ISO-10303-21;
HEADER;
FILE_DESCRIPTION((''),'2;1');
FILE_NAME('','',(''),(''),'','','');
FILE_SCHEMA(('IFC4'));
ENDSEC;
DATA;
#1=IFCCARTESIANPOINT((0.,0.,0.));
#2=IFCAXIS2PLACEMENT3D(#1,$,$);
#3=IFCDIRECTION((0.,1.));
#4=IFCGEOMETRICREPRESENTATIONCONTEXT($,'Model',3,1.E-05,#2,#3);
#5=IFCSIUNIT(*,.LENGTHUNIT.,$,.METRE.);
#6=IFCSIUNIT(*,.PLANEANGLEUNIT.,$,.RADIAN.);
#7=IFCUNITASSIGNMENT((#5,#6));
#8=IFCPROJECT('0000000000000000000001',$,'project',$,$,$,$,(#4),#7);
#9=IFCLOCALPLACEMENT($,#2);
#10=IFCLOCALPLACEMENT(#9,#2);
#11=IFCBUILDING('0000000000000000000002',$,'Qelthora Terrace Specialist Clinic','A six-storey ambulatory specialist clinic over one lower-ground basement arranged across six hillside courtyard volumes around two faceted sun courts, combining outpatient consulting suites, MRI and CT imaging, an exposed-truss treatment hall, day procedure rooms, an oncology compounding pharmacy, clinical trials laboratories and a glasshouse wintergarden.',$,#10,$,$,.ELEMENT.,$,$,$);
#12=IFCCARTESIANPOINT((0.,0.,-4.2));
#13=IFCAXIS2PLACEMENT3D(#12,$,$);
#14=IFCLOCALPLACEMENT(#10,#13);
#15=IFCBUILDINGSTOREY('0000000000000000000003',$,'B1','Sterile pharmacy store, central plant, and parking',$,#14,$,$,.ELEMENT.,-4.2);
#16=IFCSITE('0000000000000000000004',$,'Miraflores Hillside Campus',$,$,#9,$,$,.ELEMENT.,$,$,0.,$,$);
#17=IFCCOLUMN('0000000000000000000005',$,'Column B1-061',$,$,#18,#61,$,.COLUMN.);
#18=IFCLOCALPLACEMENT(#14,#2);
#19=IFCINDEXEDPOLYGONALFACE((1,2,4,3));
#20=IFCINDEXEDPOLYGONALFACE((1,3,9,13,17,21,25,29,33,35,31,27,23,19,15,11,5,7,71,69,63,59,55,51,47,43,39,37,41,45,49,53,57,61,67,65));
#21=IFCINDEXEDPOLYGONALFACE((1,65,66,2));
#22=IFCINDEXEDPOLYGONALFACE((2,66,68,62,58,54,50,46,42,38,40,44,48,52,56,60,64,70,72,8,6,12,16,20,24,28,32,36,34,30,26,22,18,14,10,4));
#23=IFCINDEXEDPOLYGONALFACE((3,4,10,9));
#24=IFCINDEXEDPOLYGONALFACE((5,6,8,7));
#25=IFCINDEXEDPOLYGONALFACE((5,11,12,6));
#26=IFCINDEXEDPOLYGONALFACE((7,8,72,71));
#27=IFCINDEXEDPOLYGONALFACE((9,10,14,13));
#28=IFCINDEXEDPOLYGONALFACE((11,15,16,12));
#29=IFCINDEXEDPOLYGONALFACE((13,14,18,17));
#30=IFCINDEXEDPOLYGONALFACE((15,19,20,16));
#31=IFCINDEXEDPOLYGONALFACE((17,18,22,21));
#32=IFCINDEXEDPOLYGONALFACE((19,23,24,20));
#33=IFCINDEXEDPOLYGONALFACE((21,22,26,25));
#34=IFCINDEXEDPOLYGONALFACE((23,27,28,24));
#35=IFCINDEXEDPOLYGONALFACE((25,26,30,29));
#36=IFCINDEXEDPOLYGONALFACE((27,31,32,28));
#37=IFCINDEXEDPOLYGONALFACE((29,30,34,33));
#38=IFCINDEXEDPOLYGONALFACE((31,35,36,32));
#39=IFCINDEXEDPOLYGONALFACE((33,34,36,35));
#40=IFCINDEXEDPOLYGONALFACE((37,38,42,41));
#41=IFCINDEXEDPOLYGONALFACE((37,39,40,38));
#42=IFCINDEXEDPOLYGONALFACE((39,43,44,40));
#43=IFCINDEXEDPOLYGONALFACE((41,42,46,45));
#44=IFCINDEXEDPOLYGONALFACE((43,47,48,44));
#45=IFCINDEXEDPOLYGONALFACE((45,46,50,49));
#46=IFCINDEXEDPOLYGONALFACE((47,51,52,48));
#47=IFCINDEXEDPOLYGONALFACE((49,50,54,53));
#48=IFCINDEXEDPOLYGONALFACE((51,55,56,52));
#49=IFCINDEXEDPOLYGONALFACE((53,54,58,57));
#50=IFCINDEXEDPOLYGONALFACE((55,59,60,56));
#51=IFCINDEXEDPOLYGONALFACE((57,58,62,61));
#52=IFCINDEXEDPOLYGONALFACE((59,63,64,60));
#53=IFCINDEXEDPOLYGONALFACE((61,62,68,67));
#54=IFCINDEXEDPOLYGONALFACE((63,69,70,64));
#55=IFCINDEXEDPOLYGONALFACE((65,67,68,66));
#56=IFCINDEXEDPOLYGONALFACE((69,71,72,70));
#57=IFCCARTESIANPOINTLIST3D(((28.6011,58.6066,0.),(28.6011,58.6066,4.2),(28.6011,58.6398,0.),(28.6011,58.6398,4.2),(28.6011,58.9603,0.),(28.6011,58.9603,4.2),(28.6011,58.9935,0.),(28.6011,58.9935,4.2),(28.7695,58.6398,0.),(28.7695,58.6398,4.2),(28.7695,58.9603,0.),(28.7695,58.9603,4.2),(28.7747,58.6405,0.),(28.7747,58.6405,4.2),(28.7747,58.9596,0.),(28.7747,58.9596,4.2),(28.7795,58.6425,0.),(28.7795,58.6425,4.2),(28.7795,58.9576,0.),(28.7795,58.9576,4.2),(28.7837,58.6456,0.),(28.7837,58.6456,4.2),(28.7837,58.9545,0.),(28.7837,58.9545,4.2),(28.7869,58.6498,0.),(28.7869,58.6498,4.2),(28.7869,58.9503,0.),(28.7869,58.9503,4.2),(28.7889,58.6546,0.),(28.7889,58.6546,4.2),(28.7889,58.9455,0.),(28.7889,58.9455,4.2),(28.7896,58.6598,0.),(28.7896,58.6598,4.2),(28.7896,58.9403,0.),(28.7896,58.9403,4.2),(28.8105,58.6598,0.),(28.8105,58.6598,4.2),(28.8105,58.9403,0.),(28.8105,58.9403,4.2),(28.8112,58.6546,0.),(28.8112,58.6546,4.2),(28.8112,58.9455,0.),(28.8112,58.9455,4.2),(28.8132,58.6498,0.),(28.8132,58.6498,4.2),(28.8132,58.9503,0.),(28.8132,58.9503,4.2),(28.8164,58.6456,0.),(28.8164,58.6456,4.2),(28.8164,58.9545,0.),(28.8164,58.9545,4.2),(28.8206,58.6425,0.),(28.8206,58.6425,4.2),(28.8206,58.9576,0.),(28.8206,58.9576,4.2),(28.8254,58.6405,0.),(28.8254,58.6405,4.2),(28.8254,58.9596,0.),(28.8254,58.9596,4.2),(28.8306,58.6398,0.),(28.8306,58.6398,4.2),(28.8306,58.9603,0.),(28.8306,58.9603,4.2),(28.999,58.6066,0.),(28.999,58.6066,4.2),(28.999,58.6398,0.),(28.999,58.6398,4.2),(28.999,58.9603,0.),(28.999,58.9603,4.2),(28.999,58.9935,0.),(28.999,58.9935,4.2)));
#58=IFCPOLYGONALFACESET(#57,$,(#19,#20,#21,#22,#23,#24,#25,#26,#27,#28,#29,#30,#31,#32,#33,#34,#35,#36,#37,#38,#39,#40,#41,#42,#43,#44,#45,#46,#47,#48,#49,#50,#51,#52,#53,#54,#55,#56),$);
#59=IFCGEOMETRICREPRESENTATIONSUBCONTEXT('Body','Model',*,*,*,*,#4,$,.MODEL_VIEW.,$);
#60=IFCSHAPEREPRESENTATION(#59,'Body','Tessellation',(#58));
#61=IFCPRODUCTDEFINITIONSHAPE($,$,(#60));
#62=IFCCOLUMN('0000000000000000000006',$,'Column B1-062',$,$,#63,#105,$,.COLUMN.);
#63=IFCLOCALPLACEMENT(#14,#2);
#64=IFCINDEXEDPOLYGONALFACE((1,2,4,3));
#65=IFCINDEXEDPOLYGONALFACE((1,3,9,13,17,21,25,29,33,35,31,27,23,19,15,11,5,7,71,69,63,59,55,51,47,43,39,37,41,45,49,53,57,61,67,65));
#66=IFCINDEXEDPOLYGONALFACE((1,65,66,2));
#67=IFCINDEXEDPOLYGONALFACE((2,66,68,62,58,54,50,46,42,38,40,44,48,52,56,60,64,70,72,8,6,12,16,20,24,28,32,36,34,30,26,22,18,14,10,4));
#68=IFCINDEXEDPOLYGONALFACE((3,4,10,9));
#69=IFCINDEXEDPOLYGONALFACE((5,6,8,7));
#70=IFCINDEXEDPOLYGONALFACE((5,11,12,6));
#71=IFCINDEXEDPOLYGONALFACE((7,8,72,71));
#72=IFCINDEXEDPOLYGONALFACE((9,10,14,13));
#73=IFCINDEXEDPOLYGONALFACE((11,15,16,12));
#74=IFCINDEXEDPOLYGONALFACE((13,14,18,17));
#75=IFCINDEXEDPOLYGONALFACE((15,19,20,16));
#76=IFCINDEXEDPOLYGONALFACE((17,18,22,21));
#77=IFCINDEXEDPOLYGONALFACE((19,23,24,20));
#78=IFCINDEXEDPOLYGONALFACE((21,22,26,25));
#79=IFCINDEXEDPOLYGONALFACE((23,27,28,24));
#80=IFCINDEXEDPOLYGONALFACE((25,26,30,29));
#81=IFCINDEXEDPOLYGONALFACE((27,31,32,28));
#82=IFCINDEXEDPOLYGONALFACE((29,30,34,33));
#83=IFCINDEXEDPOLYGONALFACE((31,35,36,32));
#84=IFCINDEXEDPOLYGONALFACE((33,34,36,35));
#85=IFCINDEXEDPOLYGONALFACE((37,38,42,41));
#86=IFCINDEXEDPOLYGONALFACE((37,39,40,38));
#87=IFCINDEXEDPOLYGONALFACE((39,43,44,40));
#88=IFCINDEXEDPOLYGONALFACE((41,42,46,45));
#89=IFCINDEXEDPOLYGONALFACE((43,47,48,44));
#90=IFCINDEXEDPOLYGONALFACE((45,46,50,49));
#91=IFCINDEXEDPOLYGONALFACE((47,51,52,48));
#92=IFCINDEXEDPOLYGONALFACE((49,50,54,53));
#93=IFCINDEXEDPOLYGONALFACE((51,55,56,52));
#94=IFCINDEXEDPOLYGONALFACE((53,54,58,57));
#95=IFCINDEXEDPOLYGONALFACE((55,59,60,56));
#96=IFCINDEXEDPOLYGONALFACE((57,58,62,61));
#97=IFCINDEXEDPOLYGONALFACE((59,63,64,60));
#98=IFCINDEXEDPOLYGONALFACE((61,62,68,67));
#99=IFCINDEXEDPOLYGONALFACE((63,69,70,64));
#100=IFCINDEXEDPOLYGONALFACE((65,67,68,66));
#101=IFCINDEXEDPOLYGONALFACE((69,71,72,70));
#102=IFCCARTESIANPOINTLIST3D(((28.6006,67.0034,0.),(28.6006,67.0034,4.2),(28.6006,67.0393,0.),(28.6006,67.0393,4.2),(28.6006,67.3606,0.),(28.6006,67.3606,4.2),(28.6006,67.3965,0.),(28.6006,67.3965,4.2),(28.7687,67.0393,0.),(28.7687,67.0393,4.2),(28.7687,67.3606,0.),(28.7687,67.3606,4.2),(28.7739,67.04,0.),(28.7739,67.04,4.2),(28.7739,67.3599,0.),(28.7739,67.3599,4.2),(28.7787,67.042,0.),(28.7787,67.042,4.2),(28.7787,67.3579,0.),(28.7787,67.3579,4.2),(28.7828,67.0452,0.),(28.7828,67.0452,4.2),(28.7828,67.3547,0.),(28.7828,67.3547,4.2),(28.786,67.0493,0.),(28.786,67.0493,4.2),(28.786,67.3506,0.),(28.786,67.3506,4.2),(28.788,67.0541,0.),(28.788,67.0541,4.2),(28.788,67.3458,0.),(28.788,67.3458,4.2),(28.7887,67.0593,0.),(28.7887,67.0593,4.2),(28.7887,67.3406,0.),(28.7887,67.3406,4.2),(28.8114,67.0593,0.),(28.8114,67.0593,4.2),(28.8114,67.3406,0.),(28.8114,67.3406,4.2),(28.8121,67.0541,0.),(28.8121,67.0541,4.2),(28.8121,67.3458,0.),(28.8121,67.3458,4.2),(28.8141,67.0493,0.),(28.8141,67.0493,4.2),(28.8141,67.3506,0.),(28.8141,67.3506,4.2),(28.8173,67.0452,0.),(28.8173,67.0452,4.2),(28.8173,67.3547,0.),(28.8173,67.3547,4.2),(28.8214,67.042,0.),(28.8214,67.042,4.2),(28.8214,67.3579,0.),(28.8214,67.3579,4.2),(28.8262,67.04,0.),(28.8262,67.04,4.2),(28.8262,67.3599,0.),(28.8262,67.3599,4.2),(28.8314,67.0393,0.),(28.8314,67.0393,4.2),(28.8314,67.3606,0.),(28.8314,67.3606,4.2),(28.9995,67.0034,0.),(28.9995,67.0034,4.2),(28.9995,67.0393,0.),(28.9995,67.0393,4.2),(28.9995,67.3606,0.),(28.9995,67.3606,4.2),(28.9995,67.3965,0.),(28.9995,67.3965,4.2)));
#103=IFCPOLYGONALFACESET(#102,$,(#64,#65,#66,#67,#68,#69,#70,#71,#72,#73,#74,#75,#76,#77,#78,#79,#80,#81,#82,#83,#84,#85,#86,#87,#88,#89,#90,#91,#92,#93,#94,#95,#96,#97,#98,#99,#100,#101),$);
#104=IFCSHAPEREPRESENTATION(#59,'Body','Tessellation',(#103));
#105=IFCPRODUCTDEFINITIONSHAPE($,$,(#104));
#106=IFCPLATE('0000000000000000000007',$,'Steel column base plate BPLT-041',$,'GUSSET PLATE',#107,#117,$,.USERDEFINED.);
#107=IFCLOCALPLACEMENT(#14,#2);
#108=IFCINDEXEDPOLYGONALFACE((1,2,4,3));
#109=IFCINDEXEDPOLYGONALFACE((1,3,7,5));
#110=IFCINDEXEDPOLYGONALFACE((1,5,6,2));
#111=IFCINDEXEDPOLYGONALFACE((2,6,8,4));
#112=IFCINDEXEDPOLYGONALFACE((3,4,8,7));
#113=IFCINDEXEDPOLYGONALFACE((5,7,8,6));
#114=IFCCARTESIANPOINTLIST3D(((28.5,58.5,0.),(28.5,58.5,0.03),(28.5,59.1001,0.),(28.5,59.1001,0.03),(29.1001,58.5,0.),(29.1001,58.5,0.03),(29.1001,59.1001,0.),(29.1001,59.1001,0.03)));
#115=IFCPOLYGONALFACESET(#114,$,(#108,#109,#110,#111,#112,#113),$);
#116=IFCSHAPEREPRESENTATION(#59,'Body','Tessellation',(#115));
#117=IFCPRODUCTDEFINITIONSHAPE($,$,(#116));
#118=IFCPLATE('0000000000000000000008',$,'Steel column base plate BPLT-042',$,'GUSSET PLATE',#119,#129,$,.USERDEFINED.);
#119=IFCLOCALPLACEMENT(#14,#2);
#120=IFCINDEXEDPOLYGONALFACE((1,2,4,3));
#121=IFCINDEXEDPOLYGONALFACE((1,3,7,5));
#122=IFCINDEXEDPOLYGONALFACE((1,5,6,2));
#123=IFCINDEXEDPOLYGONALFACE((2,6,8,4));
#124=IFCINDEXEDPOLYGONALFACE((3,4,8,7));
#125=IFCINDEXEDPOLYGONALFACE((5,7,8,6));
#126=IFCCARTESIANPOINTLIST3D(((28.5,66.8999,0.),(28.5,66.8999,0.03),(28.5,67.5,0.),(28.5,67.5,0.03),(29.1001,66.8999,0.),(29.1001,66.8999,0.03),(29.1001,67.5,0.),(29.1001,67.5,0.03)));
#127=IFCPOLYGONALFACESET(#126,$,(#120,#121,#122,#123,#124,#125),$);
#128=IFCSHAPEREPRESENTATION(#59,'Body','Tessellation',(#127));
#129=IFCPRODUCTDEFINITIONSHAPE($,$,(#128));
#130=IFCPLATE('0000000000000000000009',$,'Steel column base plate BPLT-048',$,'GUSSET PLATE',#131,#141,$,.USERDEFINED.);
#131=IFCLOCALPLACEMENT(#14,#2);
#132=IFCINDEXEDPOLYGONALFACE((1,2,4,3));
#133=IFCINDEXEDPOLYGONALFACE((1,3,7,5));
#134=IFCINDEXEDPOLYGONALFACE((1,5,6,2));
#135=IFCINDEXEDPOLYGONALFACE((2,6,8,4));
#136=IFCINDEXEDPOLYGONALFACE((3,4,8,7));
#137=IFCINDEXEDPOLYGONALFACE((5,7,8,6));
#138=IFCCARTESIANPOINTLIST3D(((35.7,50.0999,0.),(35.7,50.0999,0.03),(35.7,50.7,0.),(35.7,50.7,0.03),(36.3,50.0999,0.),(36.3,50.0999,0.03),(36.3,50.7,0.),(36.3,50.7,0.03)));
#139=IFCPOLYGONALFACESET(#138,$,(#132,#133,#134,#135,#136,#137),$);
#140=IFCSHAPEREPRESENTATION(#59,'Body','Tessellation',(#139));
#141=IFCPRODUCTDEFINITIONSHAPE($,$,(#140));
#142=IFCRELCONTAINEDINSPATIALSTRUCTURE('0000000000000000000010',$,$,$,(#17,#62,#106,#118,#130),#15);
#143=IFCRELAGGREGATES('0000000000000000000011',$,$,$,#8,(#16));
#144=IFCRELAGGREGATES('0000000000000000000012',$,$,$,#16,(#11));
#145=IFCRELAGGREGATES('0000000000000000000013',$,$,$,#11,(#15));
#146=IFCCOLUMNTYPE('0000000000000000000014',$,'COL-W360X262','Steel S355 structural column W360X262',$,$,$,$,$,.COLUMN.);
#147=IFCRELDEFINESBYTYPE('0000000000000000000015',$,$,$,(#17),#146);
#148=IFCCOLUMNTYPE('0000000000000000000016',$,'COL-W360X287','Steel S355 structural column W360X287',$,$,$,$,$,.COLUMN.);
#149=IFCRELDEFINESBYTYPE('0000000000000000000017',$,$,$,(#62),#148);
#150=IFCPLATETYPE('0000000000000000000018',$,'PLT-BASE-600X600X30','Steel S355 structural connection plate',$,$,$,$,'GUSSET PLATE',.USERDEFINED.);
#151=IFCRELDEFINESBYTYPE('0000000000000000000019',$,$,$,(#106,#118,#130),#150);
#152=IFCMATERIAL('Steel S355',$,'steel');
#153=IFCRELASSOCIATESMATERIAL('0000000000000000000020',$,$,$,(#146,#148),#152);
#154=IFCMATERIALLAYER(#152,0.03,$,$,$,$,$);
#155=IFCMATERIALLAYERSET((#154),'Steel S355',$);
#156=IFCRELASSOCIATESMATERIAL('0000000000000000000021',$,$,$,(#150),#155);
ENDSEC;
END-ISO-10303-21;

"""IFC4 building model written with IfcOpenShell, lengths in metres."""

from ifc_helpers import new_model, si_unit, direction, frame, origin, origin_2d, place, context, subcontext, project, spatial, rectangle, i_section, extrude, material, layer, layer_set, material_profile, profile_set, type_object, element, save


model = new_model("IFC4")

# Units and contexts
model_context = context("Model", 3, precision=1e-05, world=origin(), true_north=direction((0.0, 1.0)))
body_context = subcontext(model_context, "Body", "Model", "MODEL_VIEW")
ifc_project = project(units=[si_unit("LENGTHUNIT", "METRE"), si_unit("PLANEANGLEUNIT", "RADIAN")], contexts=[model_context])

# Site, building, storey
site_placement = place(None, origin())
site = spatial("IfcSite", under=ifc_project, at=site_placement, Name="Miraflores Hillside Campus", CompositionType="ELEMENT", RefElevation=0.0)
building_placement = place(site_placement, origin())
building = spatial("IfcBuilding", under=site, at=building_placement, Name="Qelthora Terrace Specialist Clinic", Description="A six-storey ambulatory specialist clinic over one lower-ground basement arranged across six hillside courtyard volumes around two faceted sun courts, combining outpatient consulting suites, MRI and CT imaging, an exposed-truss treatment hall, day procedure rooms, an oncology compounding pharmacy, clinical trials laboratories and a glasshouse wintergarden.", CompositionType="ELEMENT")
storey_placement = place(building_placement, frame((0.0, 0.0, -4.2)))
storey = spatial("IfcBuildingStorey", under=building, at=storey_placement, Name="B1", Description="Sterile pharmacy store, central plant, and parking", CompositionType="ELEMENT", Elevation=-4.2)

# Columns
ifc_material_1 = material(Name="Steel S355", Category="steel")
ifc_material_profile_1 = material_profile(ifc_material_1, i_section(OverallWidth=0.3979, OverallDepth=0.387, WebThickness=0.021, FlangeThickness=0.0332, FilletRadius=0.02, at=origin_2d()), Name="W360X262")
ifc_profile_set_1 = profile_set([ifc_material_profile_1], Name="Steel S355")
column_type_1 = type_object("IfcColumnType", Name="COL-W360X262", Description="Steel S355 structural column W360X262", PredefinedType="COLUMN", material=ifc_profile_set_1)
column_1_placement = place(storey_placement, frame((28.8, 58.8, 0.0), z_axis=(0.0, 0.0, 1.0), x_axis=(1.0, 0.0, 0.0)))
element("IfcColumn", 1, at=column_1_placement, inside=storey, type_object=column_type_1, Name="Column B1-061", PredefinedType="COLUMN", context=body_context, shape_type="SweptSolid", body=[
    extrude(i_section(OverallWidth=0.3979, OverallDepth=0.387, WebThickness=0.021, FlangeThickness=0.0332, FilletRadius=0.02, at=origin_2d()), origin(), (0.0, 0.0, 1.0), 4.2),
])
ifc_material_profile_2 = material_profile(ifc_material_1, i_section(OverallWidth=0.3989, OverallDepth=0.3931, WebThickness=0.0227, FlangeThickness=0.0359, FilletRadius=0.02, at=origin_2d()), Name="W360X287")
ifc_profile_set_2 = profile_set([ifc_material_profile_2], Name="Steel S355")
column_type_2 = type_object("IfcColumnType", Name="COL-W360X287", Description="Steel S355 structural column W360X287", PredefinedType="COLUMN", material=ifc_profile_set_2)
column_2_placement = place(storey_placement, frame((28.8, 67.2, 0.0), z_axis=(0.0, 0.0, 1.0), x_axis=(1.0, 0.0, 0.0)))
element("IfcColumn", 2, at=column_2_placement, inside=storey, type_object=column_type_2, Name="Column B1-062", PredefinedType="COLUMN", context=body_context, shape_type="SweptSolid", body=[
    extrude(i_section(OverallWidth=0.3989, OverallDepth=0.3931, WebThickness=0.0227, FlangeThickness=0.0359, FilletRadius=0.02, at=origin_2d()), origin(), (0.0, 0.0, 1.0), 4.2),
])

# Plates
ifc_layer_1 = layer(ifc_material_1, 0.03)
ifc_layer_set_1 = layer_set([ifc_layer_1], Name="Steel S355")
plate_type = type_object("IfcPlateType", Name="PLT-BASE-600X600X30", Description="Steel S355 structural connection plate", ElementType="GUSSET PLATE", PredefinedType="USERDEFINED", material=ifc_layer_set_1)
for number, where, z_axis, x_axis, name in (
    (3, (28.8, 58.8, 0.0), (0.0, 0.0, 1.0), (1.0, 0.0, 0.0), "Steel column base plate BPLT-041"),
    (4, (28.8, 67.2, 0.0), (0.0, 0.0, 1.0), (1.0, 0.0, 0.0), "Steel column base plate BPLT-042"),
    (5, (36.0, 50.3999, 0.0), (0.0, 0.0, 1.0), (1.0, 0.0, 0.0), "Steel column base plate BPLT-048"),
):
    element("IfcPlate", number, at=place(storey_placement, frame(where, z_axis=z_axis, x_axis=x_axis)), inside=storey, type_object=plate_type, Name=name, ObjectType="GUSSET PLATE", PredefinedType="USERDEFINED", context=body_context, shape_type="SweptSolid", body=[
        extrude(rectangle(XDim=0.6001, YDim=0.6001, at=origin_2d()), origin(), (0.0, 0.0, 1.0), 0.03),
    ])

save(model, "model.ifc")
